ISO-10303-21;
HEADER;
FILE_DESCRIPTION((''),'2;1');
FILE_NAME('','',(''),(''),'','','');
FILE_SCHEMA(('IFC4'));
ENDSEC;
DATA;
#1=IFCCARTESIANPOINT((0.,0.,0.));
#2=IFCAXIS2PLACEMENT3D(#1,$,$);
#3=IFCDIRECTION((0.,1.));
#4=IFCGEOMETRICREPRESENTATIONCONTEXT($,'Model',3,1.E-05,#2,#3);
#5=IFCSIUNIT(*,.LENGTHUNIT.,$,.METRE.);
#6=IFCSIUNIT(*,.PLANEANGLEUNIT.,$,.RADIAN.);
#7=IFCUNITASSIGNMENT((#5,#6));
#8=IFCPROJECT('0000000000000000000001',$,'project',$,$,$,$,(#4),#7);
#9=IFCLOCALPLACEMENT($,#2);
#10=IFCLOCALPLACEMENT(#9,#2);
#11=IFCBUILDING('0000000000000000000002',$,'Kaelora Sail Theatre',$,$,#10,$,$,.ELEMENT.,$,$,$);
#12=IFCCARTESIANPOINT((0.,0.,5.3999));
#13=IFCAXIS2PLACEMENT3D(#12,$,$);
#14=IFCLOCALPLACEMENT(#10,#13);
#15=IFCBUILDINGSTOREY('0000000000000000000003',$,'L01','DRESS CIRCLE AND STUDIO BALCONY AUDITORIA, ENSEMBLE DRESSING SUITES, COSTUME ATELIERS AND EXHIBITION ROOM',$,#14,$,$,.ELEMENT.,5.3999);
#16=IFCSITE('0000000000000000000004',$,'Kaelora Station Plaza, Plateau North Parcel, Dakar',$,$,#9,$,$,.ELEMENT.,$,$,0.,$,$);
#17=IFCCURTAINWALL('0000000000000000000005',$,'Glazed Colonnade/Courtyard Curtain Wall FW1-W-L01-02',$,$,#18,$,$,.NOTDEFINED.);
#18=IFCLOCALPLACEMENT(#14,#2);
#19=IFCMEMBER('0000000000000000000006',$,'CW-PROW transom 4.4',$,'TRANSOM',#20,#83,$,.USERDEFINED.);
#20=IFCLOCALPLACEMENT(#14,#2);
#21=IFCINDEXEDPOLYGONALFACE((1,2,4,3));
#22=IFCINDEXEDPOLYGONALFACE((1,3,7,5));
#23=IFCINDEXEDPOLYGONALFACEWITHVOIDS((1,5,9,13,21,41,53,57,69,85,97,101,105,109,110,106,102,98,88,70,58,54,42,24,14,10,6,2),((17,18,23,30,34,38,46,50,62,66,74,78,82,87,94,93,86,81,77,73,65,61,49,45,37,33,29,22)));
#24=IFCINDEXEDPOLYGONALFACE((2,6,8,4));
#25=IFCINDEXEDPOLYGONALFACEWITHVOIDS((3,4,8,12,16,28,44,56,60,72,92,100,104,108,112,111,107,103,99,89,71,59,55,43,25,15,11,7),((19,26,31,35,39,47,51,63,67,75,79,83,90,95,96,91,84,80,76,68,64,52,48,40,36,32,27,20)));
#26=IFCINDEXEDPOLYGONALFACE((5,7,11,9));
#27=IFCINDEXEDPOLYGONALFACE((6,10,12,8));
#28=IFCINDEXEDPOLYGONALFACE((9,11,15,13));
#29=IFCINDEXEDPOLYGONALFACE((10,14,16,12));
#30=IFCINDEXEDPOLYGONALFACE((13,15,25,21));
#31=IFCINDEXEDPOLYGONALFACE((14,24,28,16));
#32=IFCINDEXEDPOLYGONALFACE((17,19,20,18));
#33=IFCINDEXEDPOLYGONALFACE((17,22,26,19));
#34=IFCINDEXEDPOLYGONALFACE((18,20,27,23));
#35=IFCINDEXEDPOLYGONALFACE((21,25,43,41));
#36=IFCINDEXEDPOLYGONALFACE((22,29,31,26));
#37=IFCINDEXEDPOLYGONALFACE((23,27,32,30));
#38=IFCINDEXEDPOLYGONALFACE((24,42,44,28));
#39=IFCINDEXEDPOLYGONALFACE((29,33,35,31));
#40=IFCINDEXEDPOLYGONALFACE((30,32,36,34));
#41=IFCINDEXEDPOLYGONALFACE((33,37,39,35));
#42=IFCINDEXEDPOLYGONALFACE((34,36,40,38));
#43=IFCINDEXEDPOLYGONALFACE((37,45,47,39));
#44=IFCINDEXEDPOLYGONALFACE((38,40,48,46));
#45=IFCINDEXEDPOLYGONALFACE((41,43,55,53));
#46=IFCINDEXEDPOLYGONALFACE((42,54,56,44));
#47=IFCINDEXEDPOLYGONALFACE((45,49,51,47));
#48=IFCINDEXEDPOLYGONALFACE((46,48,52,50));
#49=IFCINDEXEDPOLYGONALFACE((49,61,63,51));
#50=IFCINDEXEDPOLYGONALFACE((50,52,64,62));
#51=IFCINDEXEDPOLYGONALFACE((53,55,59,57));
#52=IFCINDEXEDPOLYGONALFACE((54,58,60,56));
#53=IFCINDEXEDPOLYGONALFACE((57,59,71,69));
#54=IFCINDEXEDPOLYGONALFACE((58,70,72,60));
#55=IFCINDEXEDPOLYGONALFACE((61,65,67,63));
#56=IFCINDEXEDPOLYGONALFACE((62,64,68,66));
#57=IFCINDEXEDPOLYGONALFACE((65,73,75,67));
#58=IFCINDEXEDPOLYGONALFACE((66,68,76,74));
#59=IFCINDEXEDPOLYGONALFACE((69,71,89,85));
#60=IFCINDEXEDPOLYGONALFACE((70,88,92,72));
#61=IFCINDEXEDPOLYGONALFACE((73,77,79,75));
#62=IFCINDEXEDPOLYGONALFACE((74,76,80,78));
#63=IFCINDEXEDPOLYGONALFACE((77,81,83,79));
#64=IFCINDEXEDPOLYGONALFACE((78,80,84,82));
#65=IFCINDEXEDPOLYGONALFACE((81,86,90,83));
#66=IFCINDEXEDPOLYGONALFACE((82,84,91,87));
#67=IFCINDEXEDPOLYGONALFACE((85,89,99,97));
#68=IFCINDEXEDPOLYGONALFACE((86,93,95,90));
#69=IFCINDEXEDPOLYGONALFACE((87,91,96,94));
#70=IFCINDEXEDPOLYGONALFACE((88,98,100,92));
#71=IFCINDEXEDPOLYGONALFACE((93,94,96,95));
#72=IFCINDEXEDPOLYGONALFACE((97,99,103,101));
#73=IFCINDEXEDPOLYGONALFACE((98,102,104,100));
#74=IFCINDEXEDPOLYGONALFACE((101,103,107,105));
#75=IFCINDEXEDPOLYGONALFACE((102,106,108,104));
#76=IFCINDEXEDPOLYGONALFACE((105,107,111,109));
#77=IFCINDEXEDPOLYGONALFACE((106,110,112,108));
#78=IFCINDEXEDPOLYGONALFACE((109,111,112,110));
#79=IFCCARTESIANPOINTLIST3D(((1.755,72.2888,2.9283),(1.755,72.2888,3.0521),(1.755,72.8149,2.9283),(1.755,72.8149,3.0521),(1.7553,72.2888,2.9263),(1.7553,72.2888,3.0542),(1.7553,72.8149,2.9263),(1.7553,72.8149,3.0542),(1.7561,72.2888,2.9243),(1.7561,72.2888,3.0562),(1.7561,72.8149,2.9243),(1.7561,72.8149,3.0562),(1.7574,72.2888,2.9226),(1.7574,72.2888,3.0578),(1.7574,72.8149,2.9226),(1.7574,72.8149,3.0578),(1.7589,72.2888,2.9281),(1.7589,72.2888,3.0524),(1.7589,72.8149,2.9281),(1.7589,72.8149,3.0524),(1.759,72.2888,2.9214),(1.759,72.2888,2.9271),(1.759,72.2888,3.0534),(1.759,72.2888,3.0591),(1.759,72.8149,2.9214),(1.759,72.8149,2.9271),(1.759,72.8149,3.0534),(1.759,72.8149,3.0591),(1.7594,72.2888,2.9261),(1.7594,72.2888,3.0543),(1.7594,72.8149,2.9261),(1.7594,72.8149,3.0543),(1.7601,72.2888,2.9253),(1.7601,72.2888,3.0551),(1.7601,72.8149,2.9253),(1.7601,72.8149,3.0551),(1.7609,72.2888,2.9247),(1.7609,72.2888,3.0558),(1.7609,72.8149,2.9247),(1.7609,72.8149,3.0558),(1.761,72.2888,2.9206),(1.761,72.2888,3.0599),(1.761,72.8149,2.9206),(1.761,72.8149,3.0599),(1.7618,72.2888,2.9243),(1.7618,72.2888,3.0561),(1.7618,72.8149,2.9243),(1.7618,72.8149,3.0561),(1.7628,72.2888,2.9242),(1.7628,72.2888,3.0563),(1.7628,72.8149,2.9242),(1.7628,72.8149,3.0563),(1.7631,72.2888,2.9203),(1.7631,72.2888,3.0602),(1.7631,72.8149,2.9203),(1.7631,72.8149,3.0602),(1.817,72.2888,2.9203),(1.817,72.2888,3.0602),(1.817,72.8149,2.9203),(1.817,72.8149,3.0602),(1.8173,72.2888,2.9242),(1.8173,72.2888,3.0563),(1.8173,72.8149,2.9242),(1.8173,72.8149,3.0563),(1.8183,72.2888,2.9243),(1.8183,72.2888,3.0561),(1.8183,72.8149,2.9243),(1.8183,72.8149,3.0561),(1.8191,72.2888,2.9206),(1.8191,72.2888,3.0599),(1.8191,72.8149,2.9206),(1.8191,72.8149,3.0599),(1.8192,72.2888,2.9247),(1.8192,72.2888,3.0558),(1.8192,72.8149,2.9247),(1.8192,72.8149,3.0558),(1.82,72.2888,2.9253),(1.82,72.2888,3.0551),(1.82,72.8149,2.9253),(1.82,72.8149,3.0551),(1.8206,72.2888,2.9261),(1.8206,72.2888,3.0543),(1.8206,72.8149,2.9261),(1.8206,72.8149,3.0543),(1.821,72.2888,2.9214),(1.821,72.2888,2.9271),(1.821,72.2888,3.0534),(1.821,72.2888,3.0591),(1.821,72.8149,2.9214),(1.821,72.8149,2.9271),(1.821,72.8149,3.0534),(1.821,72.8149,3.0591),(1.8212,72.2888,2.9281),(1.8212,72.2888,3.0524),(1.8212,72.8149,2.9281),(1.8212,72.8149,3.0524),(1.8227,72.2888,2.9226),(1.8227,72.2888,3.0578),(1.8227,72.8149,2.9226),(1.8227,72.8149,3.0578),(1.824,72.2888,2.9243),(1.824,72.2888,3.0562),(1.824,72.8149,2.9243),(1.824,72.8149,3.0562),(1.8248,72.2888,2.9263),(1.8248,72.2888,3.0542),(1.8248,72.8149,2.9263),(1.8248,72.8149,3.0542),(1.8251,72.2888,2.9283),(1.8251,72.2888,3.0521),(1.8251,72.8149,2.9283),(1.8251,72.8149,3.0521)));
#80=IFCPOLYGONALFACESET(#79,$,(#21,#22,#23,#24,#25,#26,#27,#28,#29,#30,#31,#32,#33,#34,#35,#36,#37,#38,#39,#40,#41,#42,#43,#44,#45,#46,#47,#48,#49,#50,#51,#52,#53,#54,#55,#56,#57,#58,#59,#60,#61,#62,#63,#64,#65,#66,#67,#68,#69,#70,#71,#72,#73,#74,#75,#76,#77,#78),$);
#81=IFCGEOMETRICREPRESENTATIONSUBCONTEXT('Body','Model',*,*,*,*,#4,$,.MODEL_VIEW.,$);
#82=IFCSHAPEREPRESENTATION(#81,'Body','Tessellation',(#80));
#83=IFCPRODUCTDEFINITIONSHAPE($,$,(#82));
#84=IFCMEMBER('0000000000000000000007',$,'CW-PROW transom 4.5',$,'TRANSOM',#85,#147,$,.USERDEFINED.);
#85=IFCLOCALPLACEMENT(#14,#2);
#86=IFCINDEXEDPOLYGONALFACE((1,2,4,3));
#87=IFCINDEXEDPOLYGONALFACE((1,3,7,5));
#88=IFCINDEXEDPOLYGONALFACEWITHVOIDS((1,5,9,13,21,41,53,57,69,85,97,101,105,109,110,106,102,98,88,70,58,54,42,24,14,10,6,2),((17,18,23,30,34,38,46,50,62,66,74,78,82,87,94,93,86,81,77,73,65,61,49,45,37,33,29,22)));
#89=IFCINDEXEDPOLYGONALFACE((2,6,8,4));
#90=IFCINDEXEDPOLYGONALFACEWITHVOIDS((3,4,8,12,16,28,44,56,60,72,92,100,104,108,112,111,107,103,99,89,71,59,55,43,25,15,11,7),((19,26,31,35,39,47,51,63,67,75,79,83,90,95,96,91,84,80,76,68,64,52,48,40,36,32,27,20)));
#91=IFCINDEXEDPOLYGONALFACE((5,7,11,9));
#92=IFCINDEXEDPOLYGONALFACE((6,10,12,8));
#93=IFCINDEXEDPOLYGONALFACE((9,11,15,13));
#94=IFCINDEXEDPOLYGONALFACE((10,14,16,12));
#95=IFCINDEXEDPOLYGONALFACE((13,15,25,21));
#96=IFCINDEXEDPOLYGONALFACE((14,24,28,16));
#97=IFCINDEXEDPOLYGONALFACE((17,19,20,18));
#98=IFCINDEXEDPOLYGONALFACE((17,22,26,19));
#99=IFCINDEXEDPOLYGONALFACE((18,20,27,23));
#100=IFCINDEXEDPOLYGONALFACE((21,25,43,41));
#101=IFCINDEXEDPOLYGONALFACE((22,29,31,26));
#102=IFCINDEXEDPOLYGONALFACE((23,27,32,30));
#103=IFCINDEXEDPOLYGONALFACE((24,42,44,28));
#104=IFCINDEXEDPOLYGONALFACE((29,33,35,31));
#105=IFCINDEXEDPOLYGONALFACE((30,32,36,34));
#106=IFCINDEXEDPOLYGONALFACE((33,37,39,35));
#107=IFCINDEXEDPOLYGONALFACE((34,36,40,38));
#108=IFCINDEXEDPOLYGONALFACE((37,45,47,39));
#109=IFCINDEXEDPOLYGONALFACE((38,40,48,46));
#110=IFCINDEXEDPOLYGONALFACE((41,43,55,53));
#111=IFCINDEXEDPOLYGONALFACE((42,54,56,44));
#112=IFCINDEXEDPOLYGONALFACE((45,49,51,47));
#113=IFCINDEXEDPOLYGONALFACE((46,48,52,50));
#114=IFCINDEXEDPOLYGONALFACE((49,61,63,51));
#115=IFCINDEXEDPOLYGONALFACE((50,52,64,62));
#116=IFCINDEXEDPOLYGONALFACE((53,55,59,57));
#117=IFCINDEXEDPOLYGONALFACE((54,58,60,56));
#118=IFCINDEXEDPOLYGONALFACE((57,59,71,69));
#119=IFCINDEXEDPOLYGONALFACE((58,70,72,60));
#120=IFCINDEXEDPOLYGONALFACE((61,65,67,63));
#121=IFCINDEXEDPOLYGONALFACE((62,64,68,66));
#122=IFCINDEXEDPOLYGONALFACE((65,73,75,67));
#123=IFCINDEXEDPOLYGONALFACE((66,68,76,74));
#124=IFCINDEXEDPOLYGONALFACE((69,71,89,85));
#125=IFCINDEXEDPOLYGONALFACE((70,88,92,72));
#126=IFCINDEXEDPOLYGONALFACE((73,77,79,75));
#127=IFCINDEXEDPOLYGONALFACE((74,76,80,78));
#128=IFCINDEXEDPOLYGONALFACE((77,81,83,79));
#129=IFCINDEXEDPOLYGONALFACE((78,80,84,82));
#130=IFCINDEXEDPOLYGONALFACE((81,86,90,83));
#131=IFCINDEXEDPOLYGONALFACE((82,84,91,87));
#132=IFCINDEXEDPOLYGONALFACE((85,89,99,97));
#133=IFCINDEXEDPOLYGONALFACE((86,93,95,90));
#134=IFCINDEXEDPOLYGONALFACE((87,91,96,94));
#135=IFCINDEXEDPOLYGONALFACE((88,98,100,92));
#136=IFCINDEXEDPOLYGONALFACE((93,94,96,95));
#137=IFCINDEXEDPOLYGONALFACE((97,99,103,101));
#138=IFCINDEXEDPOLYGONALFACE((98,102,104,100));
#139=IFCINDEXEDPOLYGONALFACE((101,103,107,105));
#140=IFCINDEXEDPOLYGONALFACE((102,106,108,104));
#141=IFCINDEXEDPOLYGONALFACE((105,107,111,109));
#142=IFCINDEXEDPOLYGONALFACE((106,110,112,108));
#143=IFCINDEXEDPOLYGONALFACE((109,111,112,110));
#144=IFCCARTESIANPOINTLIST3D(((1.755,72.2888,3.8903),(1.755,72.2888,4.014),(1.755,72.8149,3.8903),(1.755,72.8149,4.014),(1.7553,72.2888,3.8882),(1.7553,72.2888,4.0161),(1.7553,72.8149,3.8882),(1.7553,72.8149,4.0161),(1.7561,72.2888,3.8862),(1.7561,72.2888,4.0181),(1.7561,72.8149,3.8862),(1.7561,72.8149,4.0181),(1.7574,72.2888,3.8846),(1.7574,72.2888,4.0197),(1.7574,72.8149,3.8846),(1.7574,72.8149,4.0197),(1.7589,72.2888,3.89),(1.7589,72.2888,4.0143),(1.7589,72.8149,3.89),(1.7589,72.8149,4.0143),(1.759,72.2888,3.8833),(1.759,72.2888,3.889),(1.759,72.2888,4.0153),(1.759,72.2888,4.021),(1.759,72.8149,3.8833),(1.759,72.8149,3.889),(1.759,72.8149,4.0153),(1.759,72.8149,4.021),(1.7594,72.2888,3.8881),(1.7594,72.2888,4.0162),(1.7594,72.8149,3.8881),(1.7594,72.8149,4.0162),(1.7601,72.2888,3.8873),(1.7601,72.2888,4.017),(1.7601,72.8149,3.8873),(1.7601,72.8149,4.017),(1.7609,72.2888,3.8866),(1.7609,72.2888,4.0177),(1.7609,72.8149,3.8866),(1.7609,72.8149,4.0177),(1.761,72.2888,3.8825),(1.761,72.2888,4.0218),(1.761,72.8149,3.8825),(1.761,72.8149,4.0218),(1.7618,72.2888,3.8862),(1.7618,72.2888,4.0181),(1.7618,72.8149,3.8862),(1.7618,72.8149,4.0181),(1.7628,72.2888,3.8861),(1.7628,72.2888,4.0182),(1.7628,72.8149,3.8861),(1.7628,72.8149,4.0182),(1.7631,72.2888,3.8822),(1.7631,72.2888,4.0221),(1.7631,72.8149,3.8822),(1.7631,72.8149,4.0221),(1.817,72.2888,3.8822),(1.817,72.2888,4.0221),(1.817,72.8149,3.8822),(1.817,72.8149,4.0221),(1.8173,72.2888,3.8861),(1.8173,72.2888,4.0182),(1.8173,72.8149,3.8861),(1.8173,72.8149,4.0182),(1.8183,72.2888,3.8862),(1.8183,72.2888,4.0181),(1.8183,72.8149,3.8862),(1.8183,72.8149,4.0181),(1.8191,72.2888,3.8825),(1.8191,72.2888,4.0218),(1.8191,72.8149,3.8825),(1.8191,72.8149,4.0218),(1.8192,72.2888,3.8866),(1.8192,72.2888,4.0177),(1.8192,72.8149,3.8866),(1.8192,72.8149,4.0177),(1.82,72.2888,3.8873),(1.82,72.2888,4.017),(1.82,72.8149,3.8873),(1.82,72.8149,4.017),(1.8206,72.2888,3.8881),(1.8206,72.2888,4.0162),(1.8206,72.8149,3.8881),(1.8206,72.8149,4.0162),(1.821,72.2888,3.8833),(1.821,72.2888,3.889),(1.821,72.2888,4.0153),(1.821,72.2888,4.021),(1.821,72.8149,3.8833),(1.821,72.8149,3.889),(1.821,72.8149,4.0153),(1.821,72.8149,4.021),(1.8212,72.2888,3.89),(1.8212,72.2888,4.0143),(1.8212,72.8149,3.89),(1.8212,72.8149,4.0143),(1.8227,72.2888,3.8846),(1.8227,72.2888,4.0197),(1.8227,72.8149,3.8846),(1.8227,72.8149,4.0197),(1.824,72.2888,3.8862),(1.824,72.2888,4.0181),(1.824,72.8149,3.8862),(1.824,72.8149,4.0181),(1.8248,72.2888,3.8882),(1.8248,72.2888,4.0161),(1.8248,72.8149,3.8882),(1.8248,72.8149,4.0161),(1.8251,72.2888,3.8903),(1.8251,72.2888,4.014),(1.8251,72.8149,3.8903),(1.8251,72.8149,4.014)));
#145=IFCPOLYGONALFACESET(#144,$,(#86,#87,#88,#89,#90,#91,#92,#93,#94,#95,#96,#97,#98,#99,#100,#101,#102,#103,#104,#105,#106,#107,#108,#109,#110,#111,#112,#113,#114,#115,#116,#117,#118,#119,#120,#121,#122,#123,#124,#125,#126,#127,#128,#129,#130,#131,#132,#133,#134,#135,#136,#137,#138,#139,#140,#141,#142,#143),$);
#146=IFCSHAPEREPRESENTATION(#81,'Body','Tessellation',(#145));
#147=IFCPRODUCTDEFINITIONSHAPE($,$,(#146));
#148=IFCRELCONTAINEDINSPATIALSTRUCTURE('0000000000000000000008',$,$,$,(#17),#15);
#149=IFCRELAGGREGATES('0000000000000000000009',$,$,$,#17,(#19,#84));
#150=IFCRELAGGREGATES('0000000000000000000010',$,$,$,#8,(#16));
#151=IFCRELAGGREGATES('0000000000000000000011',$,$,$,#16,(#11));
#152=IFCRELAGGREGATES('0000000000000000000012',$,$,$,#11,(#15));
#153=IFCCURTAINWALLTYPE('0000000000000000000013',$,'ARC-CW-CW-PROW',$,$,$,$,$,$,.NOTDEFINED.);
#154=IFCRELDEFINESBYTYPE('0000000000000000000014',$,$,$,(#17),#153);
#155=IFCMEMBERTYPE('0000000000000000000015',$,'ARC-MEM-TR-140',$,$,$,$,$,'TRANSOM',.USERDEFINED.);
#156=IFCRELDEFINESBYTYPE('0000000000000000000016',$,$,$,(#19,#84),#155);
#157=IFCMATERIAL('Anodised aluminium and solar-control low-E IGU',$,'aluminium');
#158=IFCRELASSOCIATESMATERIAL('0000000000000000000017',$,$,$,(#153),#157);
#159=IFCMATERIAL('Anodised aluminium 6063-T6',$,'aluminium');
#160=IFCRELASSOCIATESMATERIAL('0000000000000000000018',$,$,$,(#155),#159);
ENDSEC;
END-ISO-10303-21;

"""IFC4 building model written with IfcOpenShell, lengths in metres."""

from ifc_helpers import new_model, si_unit, direction, frame, origin, origin_2d, place, context, subcontext, project, spatial, hollow_rectangle, extrude, material, material_profile, profile_set, type_object, element, aggregate, save


model = new_model("IFC4")

# Units and contexts
model_context = context("Model", 3, precision=1e-05, world=origin(), true_north=direction((0.0, 1.0)))
body_context = subcontext(model_context, "Body", "Model", "MODEL_VIEW")
ifc_project = project(units=[si_unit("LENGTHUNIT", "METRE"), si_unit("PLANEANGLEUNIT", "RADIAN")], contexts=[model_context])

# Site, building, storey
site_placement = place(None, origin())
site = spatial("IfcSite", under=ifc_project, at=site_placement, Name="Kaelora Station Plaza, Plateau North Parcel, Dakar", CompositionType="ELEMENT", RefElevation=0.0)
building_placement = place(site_placement, origin())
building = spatial("IfcBuilding", under=site, at=building_placement, Name="Kaelora Sail Theatre", CompositionType="ELEMENT")
storey_placement = place(building_placement, frame((0.0, 0.0, 5.3999)))
storey = spatial("IfcBuildingStorey", under=building, at=storey_placement, Name="L01", Description="DRESS CIRCLE AND STUDIO BALCONY AUDITORIA, ENSEMBLE DRESSING SUITES, COSTUME ATELIERS AND EXHIBITION ROOM", CompositionType="ELEMENT", Elevation=5.3999)

# Curtain wall, members
ifc_material_1 = material(Name="Anodised aluminium and solar-control low-E IGU", Category="aluminium")
curtain_wall_type = type_object("IfcCurtainWallType", Name="ARC-CW-CW-PROW", PredefinedType="NOTDEFINED", material=ifc_material_1)
curtain_wall_placement = place(storey_placement, origin())
curtain_wall = element("IfcCurtainWall", 1, at=curtain_wall_placement, inside=storey, type_object=curtain_wall_type, Name="Glazed Colonnade/Courtyard Curtain Wall FW1-W-L01-02", PredefinedType="NOTDEFINED")
ifc_material_2 = material(Name="Anodised aluminium 6063-T6", Category="aluminium")
ifc_material_profile_1 = material_profile(ifc_material_2, hollow_rectangle(XDim=0.0701, YDim=0.1399, WallThickness=0.0039, InnerFilletRadius=0.0039, OuterFilletRadius=0.0081, at=origin_2d()), Name="ALU-TRAN 70x140x4")
ifc_profile_set_1 = profile_set([ifc_material_profile_1], Name="Anodised aluminium 6063-T6")
member_type_1 = type_object("IfcMemberType", Name="ARC-MEM-TR-140", ElementType="TRANSOM", PredefinedType="USERDEFINED", material=ifc_profile_set_1)
member_1_placement = place(storey_placement, frame((1.79, 72.2888, 2.9902), z_axis=(0.0, 1.0, 0.0), x_axis=(-1.0, 0.0, 0.0)))
member_1 = element("IfcMember", 2, at=member_1_placement, type_object=member_type_1, Name="CW-PROW transom 4.4", ObjectType="TRANSOM", PredefinedType="USERDEFINED", context=body_context, shape_type="SweptSolid", body=[
    extrude(hollow_rectangle(XDim=0.0701, YDim=0.1399, WallThickness=0.0039, InnerFilletRadius=0.0039, OuterFilletRadius=0.0081, at=origin_2d()), origin(), (0.0, 0.0, 1.0), 0.5261),
])
member_2_placement = place(storey_placement, frame((1.79, 72.2888, 3.9521), z_axis=(0.0, 1.0, 0.0), x_axis=(-1.0, 0.0, 0.0)))
member_2 = element("IfcMember", 3, at=member_2_placement, type_object=member_type_1, Name="CW-PROW transom 4.5", ObjectType="TRANSOM", PredefinedType="USERDEFINED", context=body_context, shape_type="SweptSolid", body=[
    extrude(hollow_rectangle(XDim=0.0701, YDim=0.1399, WallThickness=0.0039, InnerFilletRadius=0.0039, OuterFilletRadius=0.0081, at=origin_2d()), origin(), (0.0, 0.0, 1.0), 0.5261),
])

aggregate(curtain_wall, [member_1, member_2])

save(model, "model.ifc")
